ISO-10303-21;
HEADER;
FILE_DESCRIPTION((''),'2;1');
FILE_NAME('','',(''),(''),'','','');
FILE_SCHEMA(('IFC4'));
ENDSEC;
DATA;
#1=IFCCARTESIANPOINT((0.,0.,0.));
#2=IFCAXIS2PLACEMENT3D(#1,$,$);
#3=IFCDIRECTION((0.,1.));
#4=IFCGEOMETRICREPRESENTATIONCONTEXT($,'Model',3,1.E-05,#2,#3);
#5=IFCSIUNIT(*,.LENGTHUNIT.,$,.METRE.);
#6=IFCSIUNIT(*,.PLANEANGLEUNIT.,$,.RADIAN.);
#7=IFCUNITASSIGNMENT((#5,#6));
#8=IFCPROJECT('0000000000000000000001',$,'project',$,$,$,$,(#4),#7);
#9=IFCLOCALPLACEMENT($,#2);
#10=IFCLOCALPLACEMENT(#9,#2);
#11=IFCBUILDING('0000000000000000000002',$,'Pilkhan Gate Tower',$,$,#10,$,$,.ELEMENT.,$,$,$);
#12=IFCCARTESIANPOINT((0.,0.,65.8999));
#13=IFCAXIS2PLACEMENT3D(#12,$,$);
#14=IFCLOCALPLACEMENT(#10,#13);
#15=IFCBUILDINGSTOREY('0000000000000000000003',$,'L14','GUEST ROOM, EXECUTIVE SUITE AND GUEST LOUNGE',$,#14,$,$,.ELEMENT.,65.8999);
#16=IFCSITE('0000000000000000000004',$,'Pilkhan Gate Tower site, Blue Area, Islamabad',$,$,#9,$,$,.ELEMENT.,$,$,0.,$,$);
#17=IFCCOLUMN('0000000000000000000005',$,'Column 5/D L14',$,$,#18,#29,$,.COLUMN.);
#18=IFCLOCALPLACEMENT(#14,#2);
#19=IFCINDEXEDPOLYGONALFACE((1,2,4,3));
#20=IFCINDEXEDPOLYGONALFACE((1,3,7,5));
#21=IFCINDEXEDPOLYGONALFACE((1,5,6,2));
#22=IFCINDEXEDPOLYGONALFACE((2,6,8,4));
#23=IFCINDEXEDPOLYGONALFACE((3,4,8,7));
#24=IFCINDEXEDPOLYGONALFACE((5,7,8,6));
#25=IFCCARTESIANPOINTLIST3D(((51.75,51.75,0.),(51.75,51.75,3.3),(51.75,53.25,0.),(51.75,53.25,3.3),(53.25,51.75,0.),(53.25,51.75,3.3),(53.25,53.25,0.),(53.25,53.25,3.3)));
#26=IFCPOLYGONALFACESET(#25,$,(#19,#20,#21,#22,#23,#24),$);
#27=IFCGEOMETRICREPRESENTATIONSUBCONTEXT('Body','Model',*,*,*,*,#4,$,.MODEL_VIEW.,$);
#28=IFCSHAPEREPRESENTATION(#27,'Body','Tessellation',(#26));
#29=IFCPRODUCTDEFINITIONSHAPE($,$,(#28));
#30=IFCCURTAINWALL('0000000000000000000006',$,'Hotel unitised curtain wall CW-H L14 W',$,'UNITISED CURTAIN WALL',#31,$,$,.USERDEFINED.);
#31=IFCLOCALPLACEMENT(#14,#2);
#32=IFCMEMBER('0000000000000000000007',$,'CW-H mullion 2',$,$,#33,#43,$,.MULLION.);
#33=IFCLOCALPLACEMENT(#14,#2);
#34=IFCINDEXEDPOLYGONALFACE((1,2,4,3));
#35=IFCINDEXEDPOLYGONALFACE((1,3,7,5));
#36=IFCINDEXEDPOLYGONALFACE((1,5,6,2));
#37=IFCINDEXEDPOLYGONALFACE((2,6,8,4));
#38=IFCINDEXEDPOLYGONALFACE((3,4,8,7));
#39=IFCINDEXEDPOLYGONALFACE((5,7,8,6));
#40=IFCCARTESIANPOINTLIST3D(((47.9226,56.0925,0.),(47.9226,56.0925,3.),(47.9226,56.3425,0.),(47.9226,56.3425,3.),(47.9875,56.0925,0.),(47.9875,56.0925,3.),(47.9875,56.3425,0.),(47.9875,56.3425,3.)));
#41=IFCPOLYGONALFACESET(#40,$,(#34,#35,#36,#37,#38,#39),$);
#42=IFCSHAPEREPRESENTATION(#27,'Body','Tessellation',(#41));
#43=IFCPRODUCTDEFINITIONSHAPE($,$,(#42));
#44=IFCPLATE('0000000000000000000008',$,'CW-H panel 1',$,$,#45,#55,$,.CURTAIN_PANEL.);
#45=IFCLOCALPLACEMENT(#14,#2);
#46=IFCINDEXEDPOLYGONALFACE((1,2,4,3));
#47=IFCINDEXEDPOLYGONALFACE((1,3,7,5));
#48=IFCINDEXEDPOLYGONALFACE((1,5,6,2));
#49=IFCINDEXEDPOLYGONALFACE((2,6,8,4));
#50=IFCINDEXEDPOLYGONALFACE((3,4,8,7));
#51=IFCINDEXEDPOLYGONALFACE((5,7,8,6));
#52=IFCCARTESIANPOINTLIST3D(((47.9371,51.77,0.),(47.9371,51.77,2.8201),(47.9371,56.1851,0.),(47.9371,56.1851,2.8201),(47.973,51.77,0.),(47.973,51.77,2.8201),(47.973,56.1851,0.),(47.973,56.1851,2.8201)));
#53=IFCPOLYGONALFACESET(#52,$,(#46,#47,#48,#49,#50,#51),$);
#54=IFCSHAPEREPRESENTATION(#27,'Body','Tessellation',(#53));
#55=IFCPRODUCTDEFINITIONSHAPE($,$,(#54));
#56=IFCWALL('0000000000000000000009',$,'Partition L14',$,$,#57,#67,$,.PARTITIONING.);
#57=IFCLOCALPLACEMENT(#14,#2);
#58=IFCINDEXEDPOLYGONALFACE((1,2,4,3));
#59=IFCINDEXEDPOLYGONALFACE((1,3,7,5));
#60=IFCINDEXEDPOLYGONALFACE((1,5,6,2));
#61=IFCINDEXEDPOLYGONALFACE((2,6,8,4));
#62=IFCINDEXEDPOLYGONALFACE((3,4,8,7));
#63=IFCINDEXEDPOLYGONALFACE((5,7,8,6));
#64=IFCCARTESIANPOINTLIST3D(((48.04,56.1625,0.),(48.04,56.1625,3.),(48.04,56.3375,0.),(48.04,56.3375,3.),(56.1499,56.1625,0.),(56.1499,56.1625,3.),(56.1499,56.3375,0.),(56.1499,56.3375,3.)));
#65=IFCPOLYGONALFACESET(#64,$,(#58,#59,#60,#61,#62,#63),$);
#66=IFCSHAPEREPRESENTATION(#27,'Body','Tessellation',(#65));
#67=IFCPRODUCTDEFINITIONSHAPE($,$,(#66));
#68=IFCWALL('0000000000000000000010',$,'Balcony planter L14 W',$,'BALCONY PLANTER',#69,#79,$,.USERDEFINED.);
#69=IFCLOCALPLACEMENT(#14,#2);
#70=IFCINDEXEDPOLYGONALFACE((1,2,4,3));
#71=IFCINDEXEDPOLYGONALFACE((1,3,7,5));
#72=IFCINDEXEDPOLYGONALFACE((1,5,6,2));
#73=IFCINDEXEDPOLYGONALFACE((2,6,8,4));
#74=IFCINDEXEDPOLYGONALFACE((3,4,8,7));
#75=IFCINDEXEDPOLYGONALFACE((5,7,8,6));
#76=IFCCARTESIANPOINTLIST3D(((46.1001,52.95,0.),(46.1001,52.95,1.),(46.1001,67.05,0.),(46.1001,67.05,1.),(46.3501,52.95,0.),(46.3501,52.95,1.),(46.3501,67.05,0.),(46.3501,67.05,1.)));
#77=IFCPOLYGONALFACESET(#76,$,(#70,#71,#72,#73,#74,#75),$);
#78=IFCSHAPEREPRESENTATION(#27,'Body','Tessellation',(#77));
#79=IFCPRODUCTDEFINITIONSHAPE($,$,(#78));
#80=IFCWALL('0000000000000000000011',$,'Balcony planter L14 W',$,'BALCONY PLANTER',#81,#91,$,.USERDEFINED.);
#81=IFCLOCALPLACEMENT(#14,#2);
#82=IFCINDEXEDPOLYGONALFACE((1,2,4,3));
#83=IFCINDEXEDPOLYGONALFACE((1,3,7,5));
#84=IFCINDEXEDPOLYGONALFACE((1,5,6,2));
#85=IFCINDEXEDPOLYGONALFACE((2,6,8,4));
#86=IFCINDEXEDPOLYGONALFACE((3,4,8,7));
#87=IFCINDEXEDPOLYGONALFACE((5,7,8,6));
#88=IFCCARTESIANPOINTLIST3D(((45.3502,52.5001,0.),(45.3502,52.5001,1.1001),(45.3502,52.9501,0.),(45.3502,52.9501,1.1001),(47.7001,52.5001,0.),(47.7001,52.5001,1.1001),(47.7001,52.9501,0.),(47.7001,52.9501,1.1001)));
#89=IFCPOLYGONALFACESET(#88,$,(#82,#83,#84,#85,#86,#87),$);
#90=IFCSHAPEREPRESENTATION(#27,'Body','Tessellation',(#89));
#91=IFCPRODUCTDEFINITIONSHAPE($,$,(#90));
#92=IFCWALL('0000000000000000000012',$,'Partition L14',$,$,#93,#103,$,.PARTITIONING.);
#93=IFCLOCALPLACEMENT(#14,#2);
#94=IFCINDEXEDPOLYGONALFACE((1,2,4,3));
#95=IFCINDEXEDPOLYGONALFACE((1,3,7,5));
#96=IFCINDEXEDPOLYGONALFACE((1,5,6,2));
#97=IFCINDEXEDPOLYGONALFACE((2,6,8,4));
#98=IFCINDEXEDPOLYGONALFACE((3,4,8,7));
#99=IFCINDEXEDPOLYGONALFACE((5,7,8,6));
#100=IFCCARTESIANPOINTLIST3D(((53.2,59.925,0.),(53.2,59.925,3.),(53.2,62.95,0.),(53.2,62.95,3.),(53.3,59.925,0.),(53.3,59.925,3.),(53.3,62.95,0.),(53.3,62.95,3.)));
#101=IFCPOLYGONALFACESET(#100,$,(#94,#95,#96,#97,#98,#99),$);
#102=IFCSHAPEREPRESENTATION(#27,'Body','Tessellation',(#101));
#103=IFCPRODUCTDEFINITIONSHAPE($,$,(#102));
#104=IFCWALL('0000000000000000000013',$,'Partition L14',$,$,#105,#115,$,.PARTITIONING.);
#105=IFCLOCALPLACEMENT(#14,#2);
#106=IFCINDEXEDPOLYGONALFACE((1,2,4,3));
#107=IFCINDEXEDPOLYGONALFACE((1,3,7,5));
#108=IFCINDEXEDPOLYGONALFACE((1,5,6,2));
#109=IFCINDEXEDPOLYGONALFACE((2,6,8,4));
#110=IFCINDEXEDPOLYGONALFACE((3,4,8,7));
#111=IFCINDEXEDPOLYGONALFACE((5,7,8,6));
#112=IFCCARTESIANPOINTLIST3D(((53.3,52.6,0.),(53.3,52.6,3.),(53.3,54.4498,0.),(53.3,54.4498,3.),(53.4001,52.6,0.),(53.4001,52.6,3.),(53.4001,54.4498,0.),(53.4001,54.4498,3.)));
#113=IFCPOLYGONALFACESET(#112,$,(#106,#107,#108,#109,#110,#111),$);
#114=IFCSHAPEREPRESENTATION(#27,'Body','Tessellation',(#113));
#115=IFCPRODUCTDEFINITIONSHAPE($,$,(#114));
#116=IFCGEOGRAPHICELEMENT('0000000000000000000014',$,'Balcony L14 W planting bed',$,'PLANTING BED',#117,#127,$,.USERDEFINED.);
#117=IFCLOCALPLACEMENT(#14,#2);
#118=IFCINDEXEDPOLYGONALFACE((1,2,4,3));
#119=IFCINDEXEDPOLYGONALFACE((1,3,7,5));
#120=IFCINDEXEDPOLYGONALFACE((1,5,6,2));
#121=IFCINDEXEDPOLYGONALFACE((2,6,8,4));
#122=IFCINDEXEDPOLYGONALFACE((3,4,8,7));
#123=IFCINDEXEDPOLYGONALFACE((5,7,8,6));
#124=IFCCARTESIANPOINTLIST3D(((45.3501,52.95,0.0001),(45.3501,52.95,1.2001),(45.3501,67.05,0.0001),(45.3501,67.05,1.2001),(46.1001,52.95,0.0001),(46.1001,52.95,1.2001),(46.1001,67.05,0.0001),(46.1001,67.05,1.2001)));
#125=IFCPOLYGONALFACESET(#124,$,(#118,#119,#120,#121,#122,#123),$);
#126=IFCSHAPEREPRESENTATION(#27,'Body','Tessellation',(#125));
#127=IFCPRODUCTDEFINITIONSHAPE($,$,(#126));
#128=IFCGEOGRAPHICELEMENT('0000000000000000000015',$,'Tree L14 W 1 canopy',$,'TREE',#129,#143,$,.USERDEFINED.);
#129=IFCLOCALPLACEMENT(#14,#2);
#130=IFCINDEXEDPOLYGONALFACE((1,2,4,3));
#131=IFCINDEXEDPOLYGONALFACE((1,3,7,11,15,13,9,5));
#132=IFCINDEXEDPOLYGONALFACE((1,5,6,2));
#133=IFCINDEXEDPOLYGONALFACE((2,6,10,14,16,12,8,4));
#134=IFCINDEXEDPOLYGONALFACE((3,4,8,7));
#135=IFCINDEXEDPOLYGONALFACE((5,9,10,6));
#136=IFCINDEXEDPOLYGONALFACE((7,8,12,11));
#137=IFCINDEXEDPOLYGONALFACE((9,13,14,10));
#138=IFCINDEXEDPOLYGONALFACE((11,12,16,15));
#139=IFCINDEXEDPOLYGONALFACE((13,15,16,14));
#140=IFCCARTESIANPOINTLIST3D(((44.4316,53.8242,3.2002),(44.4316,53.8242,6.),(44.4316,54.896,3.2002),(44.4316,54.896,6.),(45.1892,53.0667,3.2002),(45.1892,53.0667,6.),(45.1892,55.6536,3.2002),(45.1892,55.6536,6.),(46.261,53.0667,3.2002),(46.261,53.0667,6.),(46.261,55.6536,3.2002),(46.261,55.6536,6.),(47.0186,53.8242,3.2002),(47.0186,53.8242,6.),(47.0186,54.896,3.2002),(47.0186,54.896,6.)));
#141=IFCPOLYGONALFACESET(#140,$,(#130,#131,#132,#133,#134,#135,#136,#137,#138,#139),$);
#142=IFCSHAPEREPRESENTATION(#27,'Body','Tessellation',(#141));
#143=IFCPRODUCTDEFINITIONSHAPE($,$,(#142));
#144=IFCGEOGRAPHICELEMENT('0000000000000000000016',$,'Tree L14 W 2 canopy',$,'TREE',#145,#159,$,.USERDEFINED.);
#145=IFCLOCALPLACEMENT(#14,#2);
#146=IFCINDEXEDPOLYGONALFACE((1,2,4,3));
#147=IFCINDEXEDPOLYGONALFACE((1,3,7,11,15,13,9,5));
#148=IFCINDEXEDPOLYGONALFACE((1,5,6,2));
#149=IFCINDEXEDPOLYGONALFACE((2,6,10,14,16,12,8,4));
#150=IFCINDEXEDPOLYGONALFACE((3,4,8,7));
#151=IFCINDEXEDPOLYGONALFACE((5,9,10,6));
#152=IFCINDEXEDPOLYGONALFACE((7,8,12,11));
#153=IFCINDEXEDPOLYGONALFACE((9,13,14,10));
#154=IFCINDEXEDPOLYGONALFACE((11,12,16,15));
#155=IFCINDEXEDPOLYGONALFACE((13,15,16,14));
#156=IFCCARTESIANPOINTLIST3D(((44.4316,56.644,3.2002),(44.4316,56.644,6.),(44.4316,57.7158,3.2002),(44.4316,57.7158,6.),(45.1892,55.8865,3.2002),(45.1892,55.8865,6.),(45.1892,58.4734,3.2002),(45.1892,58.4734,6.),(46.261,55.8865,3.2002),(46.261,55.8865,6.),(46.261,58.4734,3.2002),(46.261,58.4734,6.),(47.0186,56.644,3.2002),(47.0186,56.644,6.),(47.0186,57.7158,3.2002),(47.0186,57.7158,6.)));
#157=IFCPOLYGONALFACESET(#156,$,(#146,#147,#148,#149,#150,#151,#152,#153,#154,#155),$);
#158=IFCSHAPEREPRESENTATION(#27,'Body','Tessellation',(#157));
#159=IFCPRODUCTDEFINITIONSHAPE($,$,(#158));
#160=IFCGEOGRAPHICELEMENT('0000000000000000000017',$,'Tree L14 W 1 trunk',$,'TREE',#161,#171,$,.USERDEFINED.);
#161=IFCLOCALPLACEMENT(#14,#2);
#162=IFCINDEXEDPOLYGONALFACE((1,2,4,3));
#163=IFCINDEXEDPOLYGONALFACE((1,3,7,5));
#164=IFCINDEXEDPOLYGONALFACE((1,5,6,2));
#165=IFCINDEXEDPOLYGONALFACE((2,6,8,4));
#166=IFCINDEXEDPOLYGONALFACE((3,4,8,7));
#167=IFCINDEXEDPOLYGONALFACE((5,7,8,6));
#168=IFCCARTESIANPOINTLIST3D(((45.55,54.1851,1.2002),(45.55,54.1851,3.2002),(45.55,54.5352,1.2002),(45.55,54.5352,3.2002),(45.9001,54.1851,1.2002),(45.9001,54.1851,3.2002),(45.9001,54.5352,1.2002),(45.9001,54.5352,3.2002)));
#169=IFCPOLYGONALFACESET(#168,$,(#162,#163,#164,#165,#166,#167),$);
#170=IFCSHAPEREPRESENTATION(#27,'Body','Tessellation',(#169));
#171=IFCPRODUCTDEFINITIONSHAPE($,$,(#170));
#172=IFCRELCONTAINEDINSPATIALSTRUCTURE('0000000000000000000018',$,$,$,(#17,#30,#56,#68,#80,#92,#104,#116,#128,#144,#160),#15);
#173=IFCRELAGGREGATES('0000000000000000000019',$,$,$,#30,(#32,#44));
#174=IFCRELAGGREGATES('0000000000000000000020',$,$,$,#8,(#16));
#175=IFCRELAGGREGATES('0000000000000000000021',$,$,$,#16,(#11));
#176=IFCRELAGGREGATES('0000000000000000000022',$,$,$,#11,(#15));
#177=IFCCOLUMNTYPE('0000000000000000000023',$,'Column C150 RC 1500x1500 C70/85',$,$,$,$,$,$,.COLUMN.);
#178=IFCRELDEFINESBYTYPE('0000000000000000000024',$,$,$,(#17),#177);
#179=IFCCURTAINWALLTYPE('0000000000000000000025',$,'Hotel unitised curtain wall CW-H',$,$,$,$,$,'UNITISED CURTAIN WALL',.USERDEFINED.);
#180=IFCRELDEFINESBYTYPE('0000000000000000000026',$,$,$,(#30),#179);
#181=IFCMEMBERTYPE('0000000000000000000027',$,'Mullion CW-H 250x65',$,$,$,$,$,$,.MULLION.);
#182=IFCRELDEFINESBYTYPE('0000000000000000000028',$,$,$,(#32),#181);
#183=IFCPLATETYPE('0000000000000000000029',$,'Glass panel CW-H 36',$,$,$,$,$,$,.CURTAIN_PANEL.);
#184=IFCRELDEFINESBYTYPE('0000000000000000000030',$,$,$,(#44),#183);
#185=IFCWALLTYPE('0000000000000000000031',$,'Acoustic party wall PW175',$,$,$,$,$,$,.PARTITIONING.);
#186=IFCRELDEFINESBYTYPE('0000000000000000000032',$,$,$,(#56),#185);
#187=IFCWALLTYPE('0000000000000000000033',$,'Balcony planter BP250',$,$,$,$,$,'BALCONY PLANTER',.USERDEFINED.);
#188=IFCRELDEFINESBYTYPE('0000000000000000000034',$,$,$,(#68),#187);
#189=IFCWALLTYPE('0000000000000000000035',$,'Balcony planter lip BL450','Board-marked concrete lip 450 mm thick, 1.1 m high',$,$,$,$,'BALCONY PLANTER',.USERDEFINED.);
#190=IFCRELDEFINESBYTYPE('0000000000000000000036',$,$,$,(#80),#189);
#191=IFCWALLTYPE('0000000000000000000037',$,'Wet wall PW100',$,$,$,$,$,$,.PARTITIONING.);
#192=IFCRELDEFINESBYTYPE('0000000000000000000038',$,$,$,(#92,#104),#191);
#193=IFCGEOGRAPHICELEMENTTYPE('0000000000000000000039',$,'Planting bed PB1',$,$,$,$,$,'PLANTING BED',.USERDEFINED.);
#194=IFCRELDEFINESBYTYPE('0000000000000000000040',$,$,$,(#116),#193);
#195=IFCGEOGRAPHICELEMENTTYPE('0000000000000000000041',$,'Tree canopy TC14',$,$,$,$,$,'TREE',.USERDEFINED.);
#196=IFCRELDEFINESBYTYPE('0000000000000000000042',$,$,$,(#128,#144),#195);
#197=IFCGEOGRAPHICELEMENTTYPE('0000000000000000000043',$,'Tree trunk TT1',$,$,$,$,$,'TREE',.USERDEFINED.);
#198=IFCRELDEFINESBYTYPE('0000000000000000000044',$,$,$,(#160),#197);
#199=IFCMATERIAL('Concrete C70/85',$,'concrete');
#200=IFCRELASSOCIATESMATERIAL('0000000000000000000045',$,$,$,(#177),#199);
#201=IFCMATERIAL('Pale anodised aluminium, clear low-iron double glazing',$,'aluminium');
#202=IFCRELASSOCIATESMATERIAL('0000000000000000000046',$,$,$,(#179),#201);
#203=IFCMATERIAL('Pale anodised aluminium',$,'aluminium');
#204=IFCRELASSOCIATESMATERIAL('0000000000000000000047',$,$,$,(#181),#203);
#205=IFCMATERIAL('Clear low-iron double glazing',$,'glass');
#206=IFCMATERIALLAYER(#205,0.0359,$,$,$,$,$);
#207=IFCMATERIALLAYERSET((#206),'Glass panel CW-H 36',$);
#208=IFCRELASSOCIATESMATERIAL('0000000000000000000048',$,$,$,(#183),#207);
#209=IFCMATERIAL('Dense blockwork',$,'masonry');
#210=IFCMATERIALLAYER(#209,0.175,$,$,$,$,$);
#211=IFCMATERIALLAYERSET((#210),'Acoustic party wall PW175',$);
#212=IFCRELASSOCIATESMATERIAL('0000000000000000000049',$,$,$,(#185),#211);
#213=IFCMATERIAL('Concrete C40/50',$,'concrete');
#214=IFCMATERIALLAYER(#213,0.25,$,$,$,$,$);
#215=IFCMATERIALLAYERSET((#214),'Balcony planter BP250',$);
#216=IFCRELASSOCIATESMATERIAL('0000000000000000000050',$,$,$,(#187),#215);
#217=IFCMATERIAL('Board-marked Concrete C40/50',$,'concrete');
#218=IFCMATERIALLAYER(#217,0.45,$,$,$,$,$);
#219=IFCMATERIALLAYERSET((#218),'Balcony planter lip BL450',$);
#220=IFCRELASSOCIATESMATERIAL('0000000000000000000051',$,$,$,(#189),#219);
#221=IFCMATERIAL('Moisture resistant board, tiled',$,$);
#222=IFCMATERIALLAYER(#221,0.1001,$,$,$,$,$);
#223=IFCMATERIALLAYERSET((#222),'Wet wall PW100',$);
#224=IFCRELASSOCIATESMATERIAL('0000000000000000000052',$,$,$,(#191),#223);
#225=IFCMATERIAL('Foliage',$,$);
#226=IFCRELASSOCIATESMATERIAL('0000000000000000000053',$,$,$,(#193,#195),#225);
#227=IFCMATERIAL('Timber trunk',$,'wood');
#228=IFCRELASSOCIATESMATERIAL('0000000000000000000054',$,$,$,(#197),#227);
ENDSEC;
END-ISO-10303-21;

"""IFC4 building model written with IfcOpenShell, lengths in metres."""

from ifc_helpers import new_model, si_unit, direction, frame, frame_2d, origin, origin_2d, place, context, subcontext, project, spatial, polyline, rectangle, outline, extrude, material, layer, layer_set, material_profile, profile_set, type_object, element, aggregate, save


model = new_model("IFC4")

# Units and contexts
model_context = context("Model", 3, precision=1e-05, world=origin(), true_north=direction((0.0, 1.0)))
body_context = subcontext(model_context, "Body", "Model", "MODEL_VIEW")
ifc_project = project(units=[si_unit("LENGTHUNIT", "METRE"), si_unit("PLANEANGLEUNIT", "RADIAN")], contexts=[model_context])

# Site, building, storey
site_placement = place(None, origin())
site = spatial("IfcSite", under=ifc_project, at=site_placement, Name="Pilkhan Gate Tower site, Blue Area, Islamabad", CompositionType="ELEMENT", RefElevation=0.0)
building_placement = place(site_placement, origin())
building = spatial("IfcBuilding", under=site, at=building_placement, Name="Pilkhan Gate Tower", CompositionType="ELEMENT")
storey_placement = place(building_placement, frame((0.0, 0.0, 65.8999)))
storey = spatial("IfcBuildingStorey", under=building, at=storey_placement, Name="L14", Description="GUEST ROOM, EXECUTIVE SUITE AND GUEST LOUNGE", CompositionType="ELEMENT", Elevation=65.8999)

# Column
ifc_material_1 = material(Name="Concrete C70/85", Category="concrete")
ifc_material_profile_1 = material_profile(ifc_material_1, rectangle(XDim=1.5, YDim=1.5, at=origin_2d()), Name="RC 1500x1500")
ifc_profile_set_1 = profile_set([ifc_material_profile_1], Name="Concrete C70/85")
column_type = type_object("IfcColumnType", Name="Column C150 RC 1500x1500 C70/85", PredefinedType="COLUMN", material=ifc_profile_set_1)
column_placement = place(storey_placement, frame((52.5, 52.5, 0.0), z_axis=(0.0, 0.0, 1.0), x_axis=(1.0, 0.0, 0.0)))
element("IfcColumn", 1, at=column_placement, inside=storey, type_object=column_type, Name="Column 5/D L14", PredefinedType="COLUMN", context=body_context, shape_type="SweptSolid", body=[
    extrude(rectangle(XDim=1.5, YDim=1.5, at=origin_2d()), origin(), (0.0, 0.0, 1.0), 3.3),
])

# Curtain wall, member, plate
ifc_material_2 = material(Name="Pale anodised aluminium, clear low-iron double glazing", Category="aluminium")
curtain_wall_type = type_object("IfcCurtainWallType", Name="Hotel unitised curtain wall CW-H", ElementType="UNITISED CURTAIN WALL", PredefinedType="USERDEFINED", material=ifc_material_2)
curtain_wall_placement = place(storey_placement, origin())
curtain_wall = element("IfcCurtainWall", 2, at=curtain_wall_placement, inside=storey, type_object=curtain_wall_type, Name="Hotel unitised curtain wall CW-H L14 W", ObjectType="UNITISED CURTAIN WALL", PredefinedType="USERDEFINED")
ifc_material_3 = material(Name="Pale anodised aluminium", Category="aluminium")
ifc_material_profile_2 = material_profile(ifc_material_3, rectangle(XDim=0.0649, YDim=0.25, at=origin_2d()), Name="Mullion 250x65")
ifc_profile_set_2 = profile_set([ifc_material_profile_2], Name="Pale anodised aluminium")
member_type = type_object("IfcMemberType", Name="Mullion CW-H 250x65", PredefinedType="MULLION", material=ifc_profile_set_2)
member_placement = place(storey_placement, frame((47.9551, 56.2175, 0.0), z_axis=(0.0, 0.0, 1.0), x_axis=(-1.0, 0.0, 0.0)))
member = element("IfcMember", 3, at=member_placement, type_object=member_type, Name="CW-H mullion 2", PredefinedType="MULLION", context=body_context, shape_type="SweptSolid", body=[
    extrude(rectangle(XDim=0.0649, YDim=0.25, at=origin_2d()), origin(), (0.0, 0.0, 1.0), 3.0),
])
ifc_material_4 = material(Name="Clear low-iron double glazing", Category="glass")
ifc_layer_1 = layer(ifc_material_4, 0.0359)
ifc_layer_set_1 = layer_set([ifc_layer_1], Name="Glass panel CW-H 36")
plate_type = type_object("IfcPlateType", Name="Glass panel CW-H 36", PredefinedType="CURTAIN_PANEL", material=ifc_layer_set_1)
plate_placement = place(storey_placement, frame((47.9551, 53.9775, 0.0), z_axis=(0.0, 0.0, 1.0), x_axis=(0.0, 1.0, 0.0)))
plate = element("IfcPlate", 4, at=plate_placement, type_object=plate_type, Name="CW-H panel 1", PredefinedType="CURTAIN_PANEL", context=body_context, shape_type="SweptSolid", body=[
    extrude(rectangle(XDim=4.415, YDim=0.0359, at=origin_2d()), origin(), (0.0, 0.0, 1.0), 2.8201),
])
aggregate(curtain_wall, [member, plate])

# Walls
ifc_material_5 = material(Name="Dense blockwork", Category="masonry")
ifc_layer_2 = layer(ifc_material_5, 0.175)
ifc_layer_set_2 = layer_set([ifc_layer_2], Name="Acoustic party wall PW175")
wall_type_1 = type_object("IfcWallType", Name="Acoustic party wall PW175", PredefinedType="PARTITIONING", material=ifc_layer_set_2)
wall_1_placement = place(storey_placement, frame((48.04, 56.25, 0.0), z_axis=(0.0, 0.0, 1.0), x_axis=(1.0, 0.0, 0.0)))
element("IfcWall", 5, at=wall_1_placement, inside=storey, type_object=wall_type_1, Name="Partition L14", PredefinedType="PARTITIONING", context=body_context, shape_type="SweptSolid", body=[
    extrude(rectangle(XDim=8.1099, YDim=0.175, at=frame_2d((4.0549, 0.0))), origin(), (0.0, 0.0, 1.0), 3.0),
])
ifc_material_6 = material(Name="Concrete C40/50", Category="concrete")
ifc_layer_3 = layer(ifc_material_6, 0.25)
ifc_layer_set_3 = layer_set([ifc_layer_3], Name="Balcony planter BP250")
wall_type_2 = type_object("IfcWallType", Name="Balcony planter BP250", ElementType="BALCONY PLANTER", PredefinedType="USERDEFINED", material=ifc_layer_set_3)
wall_2_placement = place(storey_placement, frame((46.2251, 52.95, 0.0), z_axis=(0.0, 0.0, 1.0), x_axis=(0.0, 1.0, 0.0)))
element("IfcWall", 6, at=wall_2_placement, inside=storey, type_object=wall_type_2, Name="Balcony planter L14 W", ObjectType="BALCONY PLANTER", PredefinedType="USERDEFINED", context=body_context, shape_type="SweptSolid", body=[
    extrude(rectangle(XDim=14.1001, YDim=0.25, at=frame_2d((7.05, 0.0))), origin(), (0.0, 0.0, 1.0), 1.0),
])
ifc_material_7 = material(Name="Board-marked Concrete C40/50", Category="concrete")
ifc_layer_4 = layer(ifc_material_7, 0.45)
ifc_layer_set_4 = layer_set([ifc_layer_4], Name="Balcony planter lip BL450")
wall_type_3 = type_object("IfcWallType", Name="Balcony planter lip BL450", Description="Board-marked concrete lip 450 mm thick, 1.1 m high", ElementType="BALCONY PLANTER", PredefinedType="USERDEFINED", material=ifc_layer_set_4)
wall_3_placement = place(storey_placement, frame((47.7, 52.7251, 0.0), z_axis=(0.0, 0.0, 1.0), x_axis=(-1.0, 0.0, 0.0)))
element("IfcWall", 7, at=wall_3_placement, inside=storey, type_object=wall_type_3, Name="Balcony planter L14 W", ObjectType="BALCONY PLANTER", PredefinedType="USERDEFINED", context=body_context, shape_type="SweptSolid", body=[
    extrude(rectangle(XDim=2.3499, YDim=0.45, at=frame_2d((1.1748, 0.0))), origin(), (0.0, 0.0, 1.0), 1.1001),
])

# Walls
ifc_material_8 = material(Name="Moisture resistant board, tiled")
ifc_layer_5 = layer(ifc_material_8, 0.1001)
ifc_layer_set_5 = layer_set([ifc_layer_5], Name="Wet wall PW100")
wall_type_4 = type_object("IfcWallType", Name="Wet wall PW100", PredefinedType="PARTITIONING", material=ifc_layer_set_5)
wall_4_placement = place(storey_placement, frame((53.25, 59.925, 0.0), z_axis=(0.0, 0.0, 1.0), x_axis=(0.0, 1.0, 0.0)))
element("IfcWall", 8, at=wall_4_placement, inside=storey, type_object=wall_type_4, Name="Partition L14", PredefinedType="PARTITIONING", context=body_context, shape_type="SweptSolid", body=[
    extrude(rectangle(XDim=3.0249, YDim=0.1001, at=frame_2d((1.5125, 0.0))), origin(), (0.0, 0.0, 1.0), 3.0),
])
wall_5_placement = place(storey_placement, frame((53.3501, 52.6001, 0.0), z_axis=(0.0, 0.0, 1.0), x_axis=(0.0, 1.0, 0.0)))
element("IfcWall", 9, at=wall_5_placement, inside=storey, type_object=wall_type_4, Name="Partition L14", PredefinedType="PARTITIONING", context=body_context, shape_type="SweptSolid", body=[
    extrude(rectangle(XDim=1.8499, YDim=0.1001, at=frame_2d((0.9248, 0.0))), origin(), (0.0, 0.0, 1.0), 3.0),
])

# Geographic elements
ifc_material_9 = material(Name="Foliage")
ifc_material_profile_3 = material_profile(ifc_material_9, rectangle(XDim=0.75, YDim=1.2, at=origin_2d()), Name="Bed 750x1200")
ifc_profile_set_3 = profile_set([ifc_material_profile_3], Name="Foliage")
geographic_element_type_1 = type_object("IfcGeographicElementType", Name="Planting bed PB1", ElementType="PLANTING BED", PredefinedType="USERDEFINED", material=ifc_profile_set_3)
geographic_element_placement = place(storey_placement, frame((45.7251, 52.95, 0.6001), z_axis=(0.0, 1.0, 0.0), x_axis=(-1.0, 0.0, 0.0)))
element("IfcGeographicElement", 10, at=geographic_element_placement, inside=storey, type_object=geographic_element_type_1, Name="Balcony L14 W planting bed", ObjectType="PLANTING BED", PredefinedType="USERDEFINED", context=body_context, shape_type="SweptSolid", body=[
    extrude(rectangle(XDim=0.75, YDim=1.2, at=origin_2d()), origin(), (0.0, 0.0, 1.0), 14.1001),
])
ifc_material_profile_4 = material_profile(ifc_material_9, outline(polyline([(1.2935, 0.5359), (0.5359, 1.2935), (-0.5359, 1.2935), (-1.2935, 0.5359), (-1.2935, -0.5359), (-0.5359, -1.2935), (0.5359, -1.2935), (1.2935, -0.5359), (1.2935, 0.5359)])), Name="Canopy D2.8")
ifc_profile_set_4 = profile_set([ifc_material_profile_4], Name="Foliage")
geographic_element_type_2 = type_object("IfcGeographicElementType", Name="Tree canopy TC14", ElementType="TREE", PredefinedType="USERDEFINED", material=ifc_profile_set_4)
for number, where, z_axis, x_axis, name in (
    (11, (45.7251, 54.3601, 3.2002), (0.0, 0.0, 1.0), (1.0, 0.0, 0.0), "Tree L14 W 1 canopy"),
    (12, (45.7251, 57.1799, 3.2002), (0.0, 0.0, 1.0), (1.0, 0.0, 0.0), "Tree L14 W 2 canopy"),
):
    element("IfcGeographicElement", number, at=place(storey_placement, frame(where, z_axis=z_axis, x_axis=x_axis)), inside=storey, type_object=geographic_element_type_2, Name=name, ObjectType="TREE", PredefinedType="USERDEFINED", context=body_context, shape_type="SweptSolid", body=[
        extrude(outline(polyline([(1.2935, 0.5359), (0.5359, 1.2935), (-0.5359, 1.2935), (-1.2935, 0.5359), (-1.2935, -0.5359), (-0.5359, -1.2935), (0.5359, -1.2935), (1.2935, -0.5359), (1.2935, 0.5359)])), origin(), (0.0, 0.0, 1.0), 2.7998),
    ])
ifc_material_10 = material(Name="Timber trunk", Category="wood")
geographic_element_type_3 = type_object("IfcGeographicElementType", Name="Tree trunk TT1", ElementType="TREE", PredefinedType="USERDEFINED", material=ifc_material_10)
for number, where, z_axis, x_axis, name in (
    (13, (45.7251, 54.3601, 1.2002), (0.0, 0.0, 1.0), (1.0, 0.0, 0.0), "Tree L14 W 1 trunk"),
):
    element("IfcGeographicElement", number, at=place(storey_placement, frame(where, z_axis=z_axis, x_axis=x_axis)), inside=storey, type_object=geographic_element_type_3, Name=name, ObjectType="TREE", PredefinedType="USERDEFINED", context=body_context, shape_type="SweptSolid", body=[
        extrude(rectangle(XDim=0.3501, YDim=0.3501, at=origin_2d()), origin(), (0.0, 0.0, 1.0), 2.0),
    ])

save(model, "model.ifc")
